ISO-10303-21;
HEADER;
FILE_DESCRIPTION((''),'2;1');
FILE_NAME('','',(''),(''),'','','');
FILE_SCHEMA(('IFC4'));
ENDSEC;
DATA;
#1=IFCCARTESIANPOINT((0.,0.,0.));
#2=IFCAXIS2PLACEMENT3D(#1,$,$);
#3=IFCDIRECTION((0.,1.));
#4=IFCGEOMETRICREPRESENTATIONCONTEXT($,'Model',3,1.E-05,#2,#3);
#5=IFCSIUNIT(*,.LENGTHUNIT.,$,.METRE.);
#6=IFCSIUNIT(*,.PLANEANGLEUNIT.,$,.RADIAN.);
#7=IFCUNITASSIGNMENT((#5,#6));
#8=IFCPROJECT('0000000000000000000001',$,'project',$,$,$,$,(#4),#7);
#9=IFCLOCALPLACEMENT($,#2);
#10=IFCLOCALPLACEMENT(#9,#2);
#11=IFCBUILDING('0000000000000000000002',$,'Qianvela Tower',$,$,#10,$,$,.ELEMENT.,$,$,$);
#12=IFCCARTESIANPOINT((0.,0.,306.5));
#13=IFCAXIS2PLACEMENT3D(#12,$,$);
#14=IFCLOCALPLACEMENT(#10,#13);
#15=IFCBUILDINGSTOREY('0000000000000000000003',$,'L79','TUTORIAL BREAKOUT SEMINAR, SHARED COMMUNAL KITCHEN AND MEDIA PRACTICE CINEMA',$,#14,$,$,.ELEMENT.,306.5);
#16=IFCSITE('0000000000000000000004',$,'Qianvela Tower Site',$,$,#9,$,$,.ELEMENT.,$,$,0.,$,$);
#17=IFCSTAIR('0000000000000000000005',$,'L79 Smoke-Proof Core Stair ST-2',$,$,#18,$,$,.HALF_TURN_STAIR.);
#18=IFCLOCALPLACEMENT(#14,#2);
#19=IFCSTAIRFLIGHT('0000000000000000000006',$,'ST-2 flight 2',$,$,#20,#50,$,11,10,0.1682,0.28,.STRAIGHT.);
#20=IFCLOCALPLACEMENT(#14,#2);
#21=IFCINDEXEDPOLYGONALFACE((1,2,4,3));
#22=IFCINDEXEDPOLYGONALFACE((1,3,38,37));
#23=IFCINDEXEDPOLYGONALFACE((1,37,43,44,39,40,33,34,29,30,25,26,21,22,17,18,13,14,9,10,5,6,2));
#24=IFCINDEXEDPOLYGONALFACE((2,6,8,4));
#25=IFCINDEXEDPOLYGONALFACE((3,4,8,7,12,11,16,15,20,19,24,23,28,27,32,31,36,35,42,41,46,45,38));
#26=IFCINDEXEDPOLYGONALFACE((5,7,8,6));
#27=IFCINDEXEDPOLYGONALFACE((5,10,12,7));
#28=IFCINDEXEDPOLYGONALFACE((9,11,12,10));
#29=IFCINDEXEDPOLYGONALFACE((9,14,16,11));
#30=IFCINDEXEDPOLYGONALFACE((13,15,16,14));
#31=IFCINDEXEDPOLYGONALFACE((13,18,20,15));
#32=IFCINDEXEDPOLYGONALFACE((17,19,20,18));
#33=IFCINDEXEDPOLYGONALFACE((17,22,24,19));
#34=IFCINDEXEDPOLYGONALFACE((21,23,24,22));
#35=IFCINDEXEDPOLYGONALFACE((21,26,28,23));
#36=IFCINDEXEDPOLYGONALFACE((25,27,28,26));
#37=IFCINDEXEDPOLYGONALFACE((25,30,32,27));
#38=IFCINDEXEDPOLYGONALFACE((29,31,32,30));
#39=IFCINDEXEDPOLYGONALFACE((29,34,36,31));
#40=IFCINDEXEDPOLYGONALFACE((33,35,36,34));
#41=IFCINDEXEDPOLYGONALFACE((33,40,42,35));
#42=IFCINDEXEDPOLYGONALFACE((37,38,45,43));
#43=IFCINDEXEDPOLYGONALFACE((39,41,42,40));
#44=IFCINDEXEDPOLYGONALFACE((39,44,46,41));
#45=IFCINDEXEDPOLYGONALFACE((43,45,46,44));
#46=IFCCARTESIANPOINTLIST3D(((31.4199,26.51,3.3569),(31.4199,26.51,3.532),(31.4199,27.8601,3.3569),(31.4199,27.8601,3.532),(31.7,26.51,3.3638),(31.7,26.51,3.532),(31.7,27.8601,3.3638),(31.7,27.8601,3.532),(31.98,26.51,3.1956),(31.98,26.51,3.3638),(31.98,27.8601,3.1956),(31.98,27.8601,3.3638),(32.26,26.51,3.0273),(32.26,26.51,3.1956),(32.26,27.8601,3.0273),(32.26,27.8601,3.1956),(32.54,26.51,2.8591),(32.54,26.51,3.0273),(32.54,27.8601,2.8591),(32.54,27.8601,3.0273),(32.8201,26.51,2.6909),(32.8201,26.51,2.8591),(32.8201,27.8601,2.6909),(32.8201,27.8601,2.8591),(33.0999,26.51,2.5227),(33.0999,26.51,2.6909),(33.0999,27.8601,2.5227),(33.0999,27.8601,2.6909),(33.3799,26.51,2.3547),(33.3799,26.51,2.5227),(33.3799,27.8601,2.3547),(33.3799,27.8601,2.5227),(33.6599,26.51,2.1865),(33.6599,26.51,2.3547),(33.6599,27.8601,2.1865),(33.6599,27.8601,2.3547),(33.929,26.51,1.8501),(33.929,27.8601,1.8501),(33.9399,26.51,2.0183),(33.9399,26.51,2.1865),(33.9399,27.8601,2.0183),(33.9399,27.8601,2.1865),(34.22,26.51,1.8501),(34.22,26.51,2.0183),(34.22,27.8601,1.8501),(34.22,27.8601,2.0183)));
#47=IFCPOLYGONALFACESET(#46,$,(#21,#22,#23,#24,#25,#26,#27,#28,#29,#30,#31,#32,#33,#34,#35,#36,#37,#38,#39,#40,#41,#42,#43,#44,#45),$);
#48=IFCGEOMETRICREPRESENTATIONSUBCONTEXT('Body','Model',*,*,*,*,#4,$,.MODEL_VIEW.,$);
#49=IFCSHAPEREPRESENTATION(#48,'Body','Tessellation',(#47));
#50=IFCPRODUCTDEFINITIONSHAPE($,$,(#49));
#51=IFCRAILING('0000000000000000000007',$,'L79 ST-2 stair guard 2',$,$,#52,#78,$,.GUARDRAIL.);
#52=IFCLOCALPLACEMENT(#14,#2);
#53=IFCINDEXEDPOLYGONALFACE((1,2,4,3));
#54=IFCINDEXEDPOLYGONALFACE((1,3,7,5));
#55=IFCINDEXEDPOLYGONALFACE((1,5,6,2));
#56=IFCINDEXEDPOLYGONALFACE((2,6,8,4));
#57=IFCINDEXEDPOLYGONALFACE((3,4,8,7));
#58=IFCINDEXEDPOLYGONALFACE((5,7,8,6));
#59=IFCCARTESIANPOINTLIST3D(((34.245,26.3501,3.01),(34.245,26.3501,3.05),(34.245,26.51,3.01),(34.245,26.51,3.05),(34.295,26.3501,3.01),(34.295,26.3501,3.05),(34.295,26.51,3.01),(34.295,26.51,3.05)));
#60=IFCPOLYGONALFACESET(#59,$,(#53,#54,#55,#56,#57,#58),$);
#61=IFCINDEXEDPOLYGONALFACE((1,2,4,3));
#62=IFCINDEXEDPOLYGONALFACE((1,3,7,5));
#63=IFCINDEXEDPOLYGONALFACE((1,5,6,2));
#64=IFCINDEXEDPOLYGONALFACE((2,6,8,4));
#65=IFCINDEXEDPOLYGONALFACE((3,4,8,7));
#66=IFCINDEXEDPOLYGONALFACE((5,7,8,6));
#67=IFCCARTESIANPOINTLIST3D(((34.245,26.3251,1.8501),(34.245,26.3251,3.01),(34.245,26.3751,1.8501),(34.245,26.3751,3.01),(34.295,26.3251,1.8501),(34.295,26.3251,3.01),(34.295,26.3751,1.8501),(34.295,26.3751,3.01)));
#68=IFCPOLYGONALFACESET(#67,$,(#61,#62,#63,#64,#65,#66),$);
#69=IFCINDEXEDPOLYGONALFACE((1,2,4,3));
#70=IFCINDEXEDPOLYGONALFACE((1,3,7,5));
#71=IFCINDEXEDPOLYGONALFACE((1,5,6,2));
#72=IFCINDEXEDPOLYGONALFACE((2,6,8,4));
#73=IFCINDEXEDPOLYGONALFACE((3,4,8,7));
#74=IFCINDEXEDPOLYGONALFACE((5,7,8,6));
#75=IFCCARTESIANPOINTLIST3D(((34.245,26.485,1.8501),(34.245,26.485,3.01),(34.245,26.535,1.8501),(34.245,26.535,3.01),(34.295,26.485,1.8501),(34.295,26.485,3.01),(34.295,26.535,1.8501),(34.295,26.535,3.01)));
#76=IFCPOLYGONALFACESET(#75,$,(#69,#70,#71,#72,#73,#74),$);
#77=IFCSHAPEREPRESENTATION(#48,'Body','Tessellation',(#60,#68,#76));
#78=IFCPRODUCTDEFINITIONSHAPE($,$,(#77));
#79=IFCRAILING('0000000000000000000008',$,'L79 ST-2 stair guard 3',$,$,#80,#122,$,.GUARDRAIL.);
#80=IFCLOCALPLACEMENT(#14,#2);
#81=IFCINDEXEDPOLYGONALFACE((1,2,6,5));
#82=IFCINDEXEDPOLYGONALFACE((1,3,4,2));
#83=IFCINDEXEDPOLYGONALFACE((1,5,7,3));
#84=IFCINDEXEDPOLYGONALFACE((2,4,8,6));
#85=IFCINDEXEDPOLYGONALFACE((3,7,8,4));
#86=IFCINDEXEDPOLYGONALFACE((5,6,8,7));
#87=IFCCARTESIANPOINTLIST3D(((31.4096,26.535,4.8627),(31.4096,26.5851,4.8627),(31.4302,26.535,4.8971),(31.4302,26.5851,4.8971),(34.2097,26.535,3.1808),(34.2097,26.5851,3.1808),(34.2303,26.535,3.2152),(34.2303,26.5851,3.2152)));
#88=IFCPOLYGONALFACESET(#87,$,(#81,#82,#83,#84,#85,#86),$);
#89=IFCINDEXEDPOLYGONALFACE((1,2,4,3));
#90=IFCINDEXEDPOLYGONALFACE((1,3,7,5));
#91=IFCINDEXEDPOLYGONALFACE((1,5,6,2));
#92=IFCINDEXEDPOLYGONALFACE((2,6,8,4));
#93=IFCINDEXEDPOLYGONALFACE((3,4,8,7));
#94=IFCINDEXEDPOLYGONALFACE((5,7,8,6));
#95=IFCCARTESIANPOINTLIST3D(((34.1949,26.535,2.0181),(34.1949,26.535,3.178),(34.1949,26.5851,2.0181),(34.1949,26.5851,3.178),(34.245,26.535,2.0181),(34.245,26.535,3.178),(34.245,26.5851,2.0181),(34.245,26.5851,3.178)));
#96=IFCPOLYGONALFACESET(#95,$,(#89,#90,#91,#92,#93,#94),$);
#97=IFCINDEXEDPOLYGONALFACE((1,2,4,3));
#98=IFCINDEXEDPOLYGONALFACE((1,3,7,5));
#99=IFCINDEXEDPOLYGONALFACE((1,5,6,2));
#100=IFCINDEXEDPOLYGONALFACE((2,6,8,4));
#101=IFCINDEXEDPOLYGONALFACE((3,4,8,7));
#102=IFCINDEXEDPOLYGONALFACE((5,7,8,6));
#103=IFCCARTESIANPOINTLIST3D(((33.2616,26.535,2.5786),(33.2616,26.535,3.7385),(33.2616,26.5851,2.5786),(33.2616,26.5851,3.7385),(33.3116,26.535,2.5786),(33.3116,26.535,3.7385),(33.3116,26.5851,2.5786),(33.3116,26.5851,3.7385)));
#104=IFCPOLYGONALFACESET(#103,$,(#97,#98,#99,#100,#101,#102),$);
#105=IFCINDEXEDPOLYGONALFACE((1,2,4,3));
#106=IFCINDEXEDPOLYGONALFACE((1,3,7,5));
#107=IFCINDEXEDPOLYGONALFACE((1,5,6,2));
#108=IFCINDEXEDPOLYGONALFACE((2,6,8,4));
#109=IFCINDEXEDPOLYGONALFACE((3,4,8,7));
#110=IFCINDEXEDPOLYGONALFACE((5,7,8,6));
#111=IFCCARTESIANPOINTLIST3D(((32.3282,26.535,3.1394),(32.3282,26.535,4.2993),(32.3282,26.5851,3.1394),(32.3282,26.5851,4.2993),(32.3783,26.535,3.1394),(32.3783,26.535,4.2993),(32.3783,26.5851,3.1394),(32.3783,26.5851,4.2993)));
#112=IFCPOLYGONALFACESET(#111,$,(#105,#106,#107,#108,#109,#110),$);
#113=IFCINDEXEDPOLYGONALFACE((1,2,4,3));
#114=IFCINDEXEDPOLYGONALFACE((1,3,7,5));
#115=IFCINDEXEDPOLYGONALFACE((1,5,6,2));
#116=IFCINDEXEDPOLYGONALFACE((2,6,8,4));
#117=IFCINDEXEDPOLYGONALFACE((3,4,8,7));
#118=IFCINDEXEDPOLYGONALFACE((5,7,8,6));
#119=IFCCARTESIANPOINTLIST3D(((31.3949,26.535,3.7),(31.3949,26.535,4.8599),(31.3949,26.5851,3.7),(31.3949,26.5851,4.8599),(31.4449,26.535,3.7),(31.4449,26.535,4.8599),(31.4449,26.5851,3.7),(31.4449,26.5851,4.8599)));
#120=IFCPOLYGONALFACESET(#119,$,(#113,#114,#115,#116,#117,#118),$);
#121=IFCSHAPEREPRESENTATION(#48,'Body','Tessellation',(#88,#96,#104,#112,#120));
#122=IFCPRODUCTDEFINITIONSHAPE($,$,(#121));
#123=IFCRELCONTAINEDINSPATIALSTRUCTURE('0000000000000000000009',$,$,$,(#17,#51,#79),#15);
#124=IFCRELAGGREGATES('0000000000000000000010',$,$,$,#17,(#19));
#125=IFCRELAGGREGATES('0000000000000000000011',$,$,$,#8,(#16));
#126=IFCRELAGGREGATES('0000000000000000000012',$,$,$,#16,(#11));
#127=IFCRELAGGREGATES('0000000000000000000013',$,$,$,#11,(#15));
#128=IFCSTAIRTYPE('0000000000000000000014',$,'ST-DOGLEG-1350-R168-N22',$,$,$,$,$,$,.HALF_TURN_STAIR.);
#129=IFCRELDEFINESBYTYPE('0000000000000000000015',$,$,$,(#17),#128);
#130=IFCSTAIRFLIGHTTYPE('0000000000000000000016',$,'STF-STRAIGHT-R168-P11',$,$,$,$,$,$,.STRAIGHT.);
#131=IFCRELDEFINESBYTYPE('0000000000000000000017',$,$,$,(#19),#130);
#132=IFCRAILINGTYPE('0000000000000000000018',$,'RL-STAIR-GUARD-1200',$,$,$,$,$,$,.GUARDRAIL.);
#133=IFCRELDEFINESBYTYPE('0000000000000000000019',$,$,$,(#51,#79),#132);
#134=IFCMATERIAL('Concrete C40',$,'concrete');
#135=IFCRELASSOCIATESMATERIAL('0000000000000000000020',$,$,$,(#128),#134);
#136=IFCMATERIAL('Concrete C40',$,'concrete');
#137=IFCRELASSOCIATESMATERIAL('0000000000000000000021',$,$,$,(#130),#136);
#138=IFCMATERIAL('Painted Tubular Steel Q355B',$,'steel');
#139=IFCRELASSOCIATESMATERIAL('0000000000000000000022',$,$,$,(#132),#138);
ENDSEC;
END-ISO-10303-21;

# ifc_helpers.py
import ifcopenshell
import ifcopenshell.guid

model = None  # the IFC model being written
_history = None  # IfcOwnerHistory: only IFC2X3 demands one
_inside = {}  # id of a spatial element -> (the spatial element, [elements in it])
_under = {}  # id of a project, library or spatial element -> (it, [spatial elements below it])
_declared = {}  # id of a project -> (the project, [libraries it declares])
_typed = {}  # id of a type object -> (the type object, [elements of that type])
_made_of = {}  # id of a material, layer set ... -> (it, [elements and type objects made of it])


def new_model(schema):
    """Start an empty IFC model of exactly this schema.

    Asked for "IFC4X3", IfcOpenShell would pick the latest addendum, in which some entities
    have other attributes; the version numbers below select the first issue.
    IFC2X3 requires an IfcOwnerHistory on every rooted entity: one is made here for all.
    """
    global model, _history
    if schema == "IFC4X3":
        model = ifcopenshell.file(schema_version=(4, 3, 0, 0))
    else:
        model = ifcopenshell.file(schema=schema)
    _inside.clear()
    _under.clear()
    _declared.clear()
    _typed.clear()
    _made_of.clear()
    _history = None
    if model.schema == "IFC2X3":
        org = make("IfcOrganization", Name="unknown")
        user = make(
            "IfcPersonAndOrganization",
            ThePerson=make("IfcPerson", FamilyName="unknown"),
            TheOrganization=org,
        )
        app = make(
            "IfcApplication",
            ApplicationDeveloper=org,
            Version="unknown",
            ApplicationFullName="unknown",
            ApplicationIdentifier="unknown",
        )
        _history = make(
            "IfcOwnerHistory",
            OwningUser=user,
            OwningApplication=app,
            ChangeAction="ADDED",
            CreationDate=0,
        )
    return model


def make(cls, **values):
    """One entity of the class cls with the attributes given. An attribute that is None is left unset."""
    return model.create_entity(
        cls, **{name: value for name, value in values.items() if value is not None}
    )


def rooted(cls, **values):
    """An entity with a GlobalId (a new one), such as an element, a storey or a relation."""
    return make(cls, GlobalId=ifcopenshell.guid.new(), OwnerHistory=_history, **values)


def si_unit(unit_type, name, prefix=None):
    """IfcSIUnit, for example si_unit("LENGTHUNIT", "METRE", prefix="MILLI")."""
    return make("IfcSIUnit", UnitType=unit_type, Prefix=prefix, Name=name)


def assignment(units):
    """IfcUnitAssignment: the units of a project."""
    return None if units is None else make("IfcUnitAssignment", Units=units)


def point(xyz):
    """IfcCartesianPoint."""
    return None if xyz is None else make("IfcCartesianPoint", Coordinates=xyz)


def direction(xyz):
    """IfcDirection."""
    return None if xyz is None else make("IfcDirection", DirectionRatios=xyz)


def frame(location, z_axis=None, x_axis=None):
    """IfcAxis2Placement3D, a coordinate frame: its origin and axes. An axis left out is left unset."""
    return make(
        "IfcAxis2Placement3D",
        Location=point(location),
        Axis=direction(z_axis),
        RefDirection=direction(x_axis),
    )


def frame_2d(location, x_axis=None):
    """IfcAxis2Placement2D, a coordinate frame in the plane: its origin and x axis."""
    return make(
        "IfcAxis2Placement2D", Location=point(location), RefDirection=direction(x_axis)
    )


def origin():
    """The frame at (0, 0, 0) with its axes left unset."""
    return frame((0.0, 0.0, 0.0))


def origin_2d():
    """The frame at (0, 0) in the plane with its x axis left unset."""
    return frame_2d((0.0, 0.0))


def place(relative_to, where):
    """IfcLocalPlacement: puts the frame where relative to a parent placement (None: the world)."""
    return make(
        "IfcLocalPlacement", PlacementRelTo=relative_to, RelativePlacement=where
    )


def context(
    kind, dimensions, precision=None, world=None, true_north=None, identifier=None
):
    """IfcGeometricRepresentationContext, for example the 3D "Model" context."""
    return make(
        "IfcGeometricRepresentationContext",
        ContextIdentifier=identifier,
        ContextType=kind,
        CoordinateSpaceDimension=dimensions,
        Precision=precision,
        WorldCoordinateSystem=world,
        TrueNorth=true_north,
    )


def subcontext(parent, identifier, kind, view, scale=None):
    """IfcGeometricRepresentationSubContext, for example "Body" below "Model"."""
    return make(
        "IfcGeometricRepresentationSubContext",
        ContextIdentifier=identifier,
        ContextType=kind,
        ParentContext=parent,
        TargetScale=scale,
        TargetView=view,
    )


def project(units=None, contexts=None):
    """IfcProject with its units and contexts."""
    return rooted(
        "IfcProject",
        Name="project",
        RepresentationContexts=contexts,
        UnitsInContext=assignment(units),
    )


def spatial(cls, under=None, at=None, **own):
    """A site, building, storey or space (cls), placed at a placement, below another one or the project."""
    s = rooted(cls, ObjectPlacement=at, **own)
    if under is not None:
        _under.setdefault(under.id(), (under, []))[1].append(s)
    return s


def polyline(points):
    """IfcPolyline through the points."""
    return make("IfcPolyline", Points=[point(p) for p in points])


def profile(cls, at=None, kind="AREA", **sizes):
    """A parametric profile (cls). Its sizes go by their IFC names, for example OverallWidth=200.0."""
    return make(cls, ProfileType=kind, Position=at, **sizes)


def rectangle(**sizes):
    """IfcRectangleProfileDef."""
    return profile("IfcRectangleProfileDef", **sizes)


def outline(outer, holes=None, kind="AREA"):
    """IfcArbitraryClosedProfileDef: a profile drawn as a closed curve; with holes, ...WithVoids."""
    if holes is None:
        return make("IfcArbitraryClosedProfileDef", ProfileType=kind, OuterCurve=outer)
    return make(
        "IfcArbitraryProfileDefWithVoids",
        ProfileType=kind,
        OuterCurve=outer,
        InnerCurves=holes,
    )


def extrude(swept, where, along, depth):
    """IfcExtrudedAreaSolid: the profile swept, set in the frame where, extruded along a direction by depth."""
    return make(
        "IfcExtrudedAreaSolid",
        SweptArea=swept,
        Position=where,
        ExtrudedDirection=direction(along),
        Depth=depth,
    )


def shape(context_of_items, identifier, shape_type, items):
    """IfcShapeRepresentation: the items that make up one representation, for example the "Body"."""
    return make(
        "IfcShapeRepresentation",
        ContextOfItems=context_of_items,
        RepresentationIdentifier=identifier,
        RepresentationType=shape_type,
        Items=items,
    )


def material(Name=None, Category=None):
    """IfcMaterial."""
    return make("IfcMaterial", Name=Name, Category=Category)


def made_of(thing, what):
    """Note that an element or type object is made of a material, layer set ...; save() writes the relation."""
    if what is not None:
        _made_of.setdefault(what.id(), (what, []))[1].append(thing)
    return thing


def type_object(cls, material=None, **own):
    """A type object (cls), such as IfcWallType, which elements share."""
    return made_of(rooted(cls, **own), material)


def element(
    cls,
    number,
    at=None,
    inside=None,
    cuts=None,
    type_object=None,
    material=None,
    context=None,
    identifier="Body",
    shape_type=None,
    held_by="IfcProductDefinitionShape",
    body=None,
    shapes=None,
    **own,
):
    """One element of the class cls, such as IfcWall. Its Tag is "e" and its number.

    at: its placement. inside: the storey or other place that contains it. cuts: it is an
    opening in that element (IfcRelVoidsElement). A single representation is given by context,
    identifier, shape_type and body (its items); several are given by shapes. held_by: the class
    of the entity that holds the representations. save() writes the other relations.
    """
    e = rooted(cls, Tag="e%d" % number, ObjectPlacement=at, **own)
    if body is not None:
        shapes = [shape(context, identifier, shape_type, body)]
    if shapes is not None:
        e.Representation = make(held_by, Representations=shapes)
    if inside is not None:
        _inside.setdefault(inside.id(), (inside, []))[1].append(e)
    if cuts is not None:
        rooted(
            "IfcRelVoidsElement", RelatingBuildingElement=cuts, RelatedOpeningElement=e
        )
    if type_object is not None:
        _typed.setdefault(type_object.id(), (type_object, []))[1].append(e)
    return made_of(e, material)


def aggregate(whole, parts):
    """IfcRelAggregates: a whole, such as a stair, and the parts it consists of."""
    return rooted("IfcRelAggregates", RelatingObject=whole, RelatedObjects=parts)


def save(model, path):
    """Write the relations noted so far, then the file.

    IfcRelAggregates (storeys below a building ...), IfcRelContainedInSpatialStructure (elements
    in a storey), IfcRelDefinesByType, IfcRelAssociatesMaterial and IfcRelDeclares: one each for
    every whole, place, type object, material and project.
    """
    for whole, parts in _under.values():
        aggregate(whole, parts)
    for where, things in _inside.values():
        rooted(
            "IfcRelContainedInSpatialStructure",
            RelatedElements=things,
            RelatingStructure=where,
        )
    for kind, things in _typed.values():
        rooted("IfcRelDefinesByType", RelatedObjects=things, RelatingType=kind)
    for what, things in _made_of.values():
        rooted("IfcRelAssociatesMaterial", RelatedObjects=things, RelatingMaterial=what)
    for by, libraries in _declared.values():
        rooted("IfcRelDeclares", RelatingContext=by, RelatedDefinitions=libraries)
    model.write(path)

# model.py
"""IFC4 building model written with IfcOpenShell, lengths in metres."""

from ifc_helpers import new_model, si_unit, direction, frame, origin, origin_2d, place, context, subcontext, project, spatial, polyline, rectangle, outline, extrude, material, type_object, element, aggregate, save


model = new_model("IFC4")

# Units and contexts
model_context = context("Model", 3, precision=1e-05, world=origin(), true_north=direction((0.0, 1.0)))
body_context = subcontext(model_context, "Body", "Model", "MODEL_VIEW")
ifc_project = project(units=[si_unit("LENGTHUNIT", "METRE"), si_unit("PLANEANGLEUNIT", "RADIAN")], contexts=[model_context])

# Site, building, storey
site_placement = place(None, origin())
site = spatial("IfcSite", under=ifc_project, at=site_placement, Name="Qianvela Tower Site", CompositionType="ELEMENT", RefElevation=0.0)
building_placement = place(site_placement, origin())
building = spatial("IfcBuilding", under=site, at=building_placement, Name="Qianvela Tower", CompositionType="ELEMENT")
storey_placement = place(building_placement, frame((0.0, 0.0, 306.5)))
storey = spatial("IfcBuildingStorey", under=building, at=storey_placement, Name="L79", Description="TUTORIAL BREAKOUT SEMINAR, SHARED COMMUNAL KITCHEN AND MEDIA PRACTICE CINEMA", CompositionType="ELEMENT", Elevation=306.5)

# Stair, stair flight
ifc_material_1 = material(Name="Concrete C40", Category="concrete")
stair_type = type_object("IfcStairType", Name="ST-DOGLEG-1350-R168-N22", PredefinedType="HALF_TURN_STAIR", material=ifc_material_1)
stair_placement = place(storey_placement, origin())
stair = element("IfcStair", 1, at=stair_placement, inside=storey, type_object=stair_type, Name="L79 Smoke-Proof Core Stair ST-2", PredefinedType="HALF_TURN_STAIR")
ifc_material_2 = material(Name="Concrete C40", Category="concrete")
stair_flight_type = type_object("IfcStairFlightType", Name="STF-STRAIGHT-R168-P11", PredefinedType="STRAIGHT", material=ifc_material_2)
stair_flight_placement = place(storey_placement, frame((34.22, 27.1851, 1.8501), z_axis=(0.0, 0.0, 1.0), x_axis=(-1.0, 0.0, 0.0)))
stair_flight = element("IfcStairFlight", 2, at=stair_flight_placement, type_object=stair_flight_type, Name="ST-2 flight 2", NumberOfRisers=11, NumberOfTreads=10, PredefinedType="STRAIGHT", RiserHeight=0.1682, TreadLength=0.28, context=body_context, shape_type="SweptSolid", body=[
    extrude(outline(polyline([(0.0, 0.0), (0.0, 0.1682), (0.28, 0.1682), (0.28, 0.3364), (0.5601, 0.3364), (0.5601, 0.5046), (0.8401, 0.5046), (0.8401, 0.6726), (1.1201, 0.6726), (1.1201, 0.8408), (1.3999, 0.8408), (1.3999, 1.009), (1.6799, 1.009), (1.6799, 1.1772), (1.96, 1.1772), (1.96, 1.3455), (2.24, 1.3455), (2.24, 1.5137), (2.52, 1.5137), (2.52, 1.6819), (2.8, 1.6819), (2.8, 1.8501), (2.8, 1.5068), (0.291, 0.0), (0.0, 0.0)])), frame((0.0, 0.675, 0.0), z_axis=(0.0, -1.0, 0.0), x_axis=(1.0, 0.0, 0.0)), (0.0, 0.0, 1.0), 1.3501),
])
aggregate(stair, [stair_flight])

# Railings
ifc_material_3 = material(Name="Painted Tubular Steel Q355B", Category="steel")
railing_type = type_object("IfcRailingType", Name="RL-STAIR-GUARD-1200", PredefinedType="GUARDRAIL", material=ifc_material_3)
railing_1_placement = place(storey_placement, frame((34.27, 26.3501, 1.8501)))
element("IfcRailing", 3, at=railing_1_placement, inside=storey, type_object=railing_type, Name="L79 ST-2 stair guard 2", PredefinedType="GUARDRAIL", context=body_context, shape_type="SweptSolid", body=[
    extrude(rectangle(XDim=0.05, YDim=0.04, at=origin_2d()), frame((0.0, 0.0, 1.1799), z_axis=(0.0, 1.0, 0.0), x_axis=(-1.0, 0.0, 0.0)), (0.0, 0.0, 1.0), 0.1599),
    extrude(rectangle(XDim=0.05, YDim=0.05, at=origin_2d()), origin(), (0.0, 0.0, 1.0), 1.1599),
    extrude(rectangle(XDim=0.05, YDim=0.05, at=origin_2d()), frame((0.0, 0.1599, 0.0)), (0.0, 0.0, 1.0), 1.1599),
])
railing_2_placement = place(storey_placement, frame((34.22, 26.5601, 2.0181)))
element("IfcRailing", 4, at=railing_2_placement, inside=storey, type_object=railing_type, Name="L79 ST-2 stair guard 3", PredefinedType="GUARDRAIL", context=body_context, shape_type="SweptSolid", body=[
    extrude(rectangle(XDim=0.05, YDim=0.04, at=origin_2d()), frame((0.0, 0.0, 1.1799), z_axis=(-0.857242, 0.0, 0.514913), x_axis=(0.0, -1.0, 0.0)), (0.0, 0.0, 1.0), 3.2664),
    extrude(rectangle(XDim=0.05, YDim=0.05, at=origin_2d()), origin(), (0.0, 0.0, 1.0), 1.1599),
    extrude(rectangle(XDim=0.05, YDim=0.05, at=origin_2d()), frame((-0.9333, 0.0, 0.5605)), (0.0, 0.0, 1.0), 1.1599),
    extrude(rectangle(XDim=0.05, YDim=0.05, at=origin_2d()), frame((-1.8667, 0.0, 1.1213)), (0.0, 0.0, 1.0), 1.1599),
    extrude(rectangle(XDim=0.05, YDim=0.05, at=origin_2d()), frame((-2.8, 0.0, 1.6819)), (0.0, 0.0, 1.0), 1.1599),
])

save(model, "model.ifc")
